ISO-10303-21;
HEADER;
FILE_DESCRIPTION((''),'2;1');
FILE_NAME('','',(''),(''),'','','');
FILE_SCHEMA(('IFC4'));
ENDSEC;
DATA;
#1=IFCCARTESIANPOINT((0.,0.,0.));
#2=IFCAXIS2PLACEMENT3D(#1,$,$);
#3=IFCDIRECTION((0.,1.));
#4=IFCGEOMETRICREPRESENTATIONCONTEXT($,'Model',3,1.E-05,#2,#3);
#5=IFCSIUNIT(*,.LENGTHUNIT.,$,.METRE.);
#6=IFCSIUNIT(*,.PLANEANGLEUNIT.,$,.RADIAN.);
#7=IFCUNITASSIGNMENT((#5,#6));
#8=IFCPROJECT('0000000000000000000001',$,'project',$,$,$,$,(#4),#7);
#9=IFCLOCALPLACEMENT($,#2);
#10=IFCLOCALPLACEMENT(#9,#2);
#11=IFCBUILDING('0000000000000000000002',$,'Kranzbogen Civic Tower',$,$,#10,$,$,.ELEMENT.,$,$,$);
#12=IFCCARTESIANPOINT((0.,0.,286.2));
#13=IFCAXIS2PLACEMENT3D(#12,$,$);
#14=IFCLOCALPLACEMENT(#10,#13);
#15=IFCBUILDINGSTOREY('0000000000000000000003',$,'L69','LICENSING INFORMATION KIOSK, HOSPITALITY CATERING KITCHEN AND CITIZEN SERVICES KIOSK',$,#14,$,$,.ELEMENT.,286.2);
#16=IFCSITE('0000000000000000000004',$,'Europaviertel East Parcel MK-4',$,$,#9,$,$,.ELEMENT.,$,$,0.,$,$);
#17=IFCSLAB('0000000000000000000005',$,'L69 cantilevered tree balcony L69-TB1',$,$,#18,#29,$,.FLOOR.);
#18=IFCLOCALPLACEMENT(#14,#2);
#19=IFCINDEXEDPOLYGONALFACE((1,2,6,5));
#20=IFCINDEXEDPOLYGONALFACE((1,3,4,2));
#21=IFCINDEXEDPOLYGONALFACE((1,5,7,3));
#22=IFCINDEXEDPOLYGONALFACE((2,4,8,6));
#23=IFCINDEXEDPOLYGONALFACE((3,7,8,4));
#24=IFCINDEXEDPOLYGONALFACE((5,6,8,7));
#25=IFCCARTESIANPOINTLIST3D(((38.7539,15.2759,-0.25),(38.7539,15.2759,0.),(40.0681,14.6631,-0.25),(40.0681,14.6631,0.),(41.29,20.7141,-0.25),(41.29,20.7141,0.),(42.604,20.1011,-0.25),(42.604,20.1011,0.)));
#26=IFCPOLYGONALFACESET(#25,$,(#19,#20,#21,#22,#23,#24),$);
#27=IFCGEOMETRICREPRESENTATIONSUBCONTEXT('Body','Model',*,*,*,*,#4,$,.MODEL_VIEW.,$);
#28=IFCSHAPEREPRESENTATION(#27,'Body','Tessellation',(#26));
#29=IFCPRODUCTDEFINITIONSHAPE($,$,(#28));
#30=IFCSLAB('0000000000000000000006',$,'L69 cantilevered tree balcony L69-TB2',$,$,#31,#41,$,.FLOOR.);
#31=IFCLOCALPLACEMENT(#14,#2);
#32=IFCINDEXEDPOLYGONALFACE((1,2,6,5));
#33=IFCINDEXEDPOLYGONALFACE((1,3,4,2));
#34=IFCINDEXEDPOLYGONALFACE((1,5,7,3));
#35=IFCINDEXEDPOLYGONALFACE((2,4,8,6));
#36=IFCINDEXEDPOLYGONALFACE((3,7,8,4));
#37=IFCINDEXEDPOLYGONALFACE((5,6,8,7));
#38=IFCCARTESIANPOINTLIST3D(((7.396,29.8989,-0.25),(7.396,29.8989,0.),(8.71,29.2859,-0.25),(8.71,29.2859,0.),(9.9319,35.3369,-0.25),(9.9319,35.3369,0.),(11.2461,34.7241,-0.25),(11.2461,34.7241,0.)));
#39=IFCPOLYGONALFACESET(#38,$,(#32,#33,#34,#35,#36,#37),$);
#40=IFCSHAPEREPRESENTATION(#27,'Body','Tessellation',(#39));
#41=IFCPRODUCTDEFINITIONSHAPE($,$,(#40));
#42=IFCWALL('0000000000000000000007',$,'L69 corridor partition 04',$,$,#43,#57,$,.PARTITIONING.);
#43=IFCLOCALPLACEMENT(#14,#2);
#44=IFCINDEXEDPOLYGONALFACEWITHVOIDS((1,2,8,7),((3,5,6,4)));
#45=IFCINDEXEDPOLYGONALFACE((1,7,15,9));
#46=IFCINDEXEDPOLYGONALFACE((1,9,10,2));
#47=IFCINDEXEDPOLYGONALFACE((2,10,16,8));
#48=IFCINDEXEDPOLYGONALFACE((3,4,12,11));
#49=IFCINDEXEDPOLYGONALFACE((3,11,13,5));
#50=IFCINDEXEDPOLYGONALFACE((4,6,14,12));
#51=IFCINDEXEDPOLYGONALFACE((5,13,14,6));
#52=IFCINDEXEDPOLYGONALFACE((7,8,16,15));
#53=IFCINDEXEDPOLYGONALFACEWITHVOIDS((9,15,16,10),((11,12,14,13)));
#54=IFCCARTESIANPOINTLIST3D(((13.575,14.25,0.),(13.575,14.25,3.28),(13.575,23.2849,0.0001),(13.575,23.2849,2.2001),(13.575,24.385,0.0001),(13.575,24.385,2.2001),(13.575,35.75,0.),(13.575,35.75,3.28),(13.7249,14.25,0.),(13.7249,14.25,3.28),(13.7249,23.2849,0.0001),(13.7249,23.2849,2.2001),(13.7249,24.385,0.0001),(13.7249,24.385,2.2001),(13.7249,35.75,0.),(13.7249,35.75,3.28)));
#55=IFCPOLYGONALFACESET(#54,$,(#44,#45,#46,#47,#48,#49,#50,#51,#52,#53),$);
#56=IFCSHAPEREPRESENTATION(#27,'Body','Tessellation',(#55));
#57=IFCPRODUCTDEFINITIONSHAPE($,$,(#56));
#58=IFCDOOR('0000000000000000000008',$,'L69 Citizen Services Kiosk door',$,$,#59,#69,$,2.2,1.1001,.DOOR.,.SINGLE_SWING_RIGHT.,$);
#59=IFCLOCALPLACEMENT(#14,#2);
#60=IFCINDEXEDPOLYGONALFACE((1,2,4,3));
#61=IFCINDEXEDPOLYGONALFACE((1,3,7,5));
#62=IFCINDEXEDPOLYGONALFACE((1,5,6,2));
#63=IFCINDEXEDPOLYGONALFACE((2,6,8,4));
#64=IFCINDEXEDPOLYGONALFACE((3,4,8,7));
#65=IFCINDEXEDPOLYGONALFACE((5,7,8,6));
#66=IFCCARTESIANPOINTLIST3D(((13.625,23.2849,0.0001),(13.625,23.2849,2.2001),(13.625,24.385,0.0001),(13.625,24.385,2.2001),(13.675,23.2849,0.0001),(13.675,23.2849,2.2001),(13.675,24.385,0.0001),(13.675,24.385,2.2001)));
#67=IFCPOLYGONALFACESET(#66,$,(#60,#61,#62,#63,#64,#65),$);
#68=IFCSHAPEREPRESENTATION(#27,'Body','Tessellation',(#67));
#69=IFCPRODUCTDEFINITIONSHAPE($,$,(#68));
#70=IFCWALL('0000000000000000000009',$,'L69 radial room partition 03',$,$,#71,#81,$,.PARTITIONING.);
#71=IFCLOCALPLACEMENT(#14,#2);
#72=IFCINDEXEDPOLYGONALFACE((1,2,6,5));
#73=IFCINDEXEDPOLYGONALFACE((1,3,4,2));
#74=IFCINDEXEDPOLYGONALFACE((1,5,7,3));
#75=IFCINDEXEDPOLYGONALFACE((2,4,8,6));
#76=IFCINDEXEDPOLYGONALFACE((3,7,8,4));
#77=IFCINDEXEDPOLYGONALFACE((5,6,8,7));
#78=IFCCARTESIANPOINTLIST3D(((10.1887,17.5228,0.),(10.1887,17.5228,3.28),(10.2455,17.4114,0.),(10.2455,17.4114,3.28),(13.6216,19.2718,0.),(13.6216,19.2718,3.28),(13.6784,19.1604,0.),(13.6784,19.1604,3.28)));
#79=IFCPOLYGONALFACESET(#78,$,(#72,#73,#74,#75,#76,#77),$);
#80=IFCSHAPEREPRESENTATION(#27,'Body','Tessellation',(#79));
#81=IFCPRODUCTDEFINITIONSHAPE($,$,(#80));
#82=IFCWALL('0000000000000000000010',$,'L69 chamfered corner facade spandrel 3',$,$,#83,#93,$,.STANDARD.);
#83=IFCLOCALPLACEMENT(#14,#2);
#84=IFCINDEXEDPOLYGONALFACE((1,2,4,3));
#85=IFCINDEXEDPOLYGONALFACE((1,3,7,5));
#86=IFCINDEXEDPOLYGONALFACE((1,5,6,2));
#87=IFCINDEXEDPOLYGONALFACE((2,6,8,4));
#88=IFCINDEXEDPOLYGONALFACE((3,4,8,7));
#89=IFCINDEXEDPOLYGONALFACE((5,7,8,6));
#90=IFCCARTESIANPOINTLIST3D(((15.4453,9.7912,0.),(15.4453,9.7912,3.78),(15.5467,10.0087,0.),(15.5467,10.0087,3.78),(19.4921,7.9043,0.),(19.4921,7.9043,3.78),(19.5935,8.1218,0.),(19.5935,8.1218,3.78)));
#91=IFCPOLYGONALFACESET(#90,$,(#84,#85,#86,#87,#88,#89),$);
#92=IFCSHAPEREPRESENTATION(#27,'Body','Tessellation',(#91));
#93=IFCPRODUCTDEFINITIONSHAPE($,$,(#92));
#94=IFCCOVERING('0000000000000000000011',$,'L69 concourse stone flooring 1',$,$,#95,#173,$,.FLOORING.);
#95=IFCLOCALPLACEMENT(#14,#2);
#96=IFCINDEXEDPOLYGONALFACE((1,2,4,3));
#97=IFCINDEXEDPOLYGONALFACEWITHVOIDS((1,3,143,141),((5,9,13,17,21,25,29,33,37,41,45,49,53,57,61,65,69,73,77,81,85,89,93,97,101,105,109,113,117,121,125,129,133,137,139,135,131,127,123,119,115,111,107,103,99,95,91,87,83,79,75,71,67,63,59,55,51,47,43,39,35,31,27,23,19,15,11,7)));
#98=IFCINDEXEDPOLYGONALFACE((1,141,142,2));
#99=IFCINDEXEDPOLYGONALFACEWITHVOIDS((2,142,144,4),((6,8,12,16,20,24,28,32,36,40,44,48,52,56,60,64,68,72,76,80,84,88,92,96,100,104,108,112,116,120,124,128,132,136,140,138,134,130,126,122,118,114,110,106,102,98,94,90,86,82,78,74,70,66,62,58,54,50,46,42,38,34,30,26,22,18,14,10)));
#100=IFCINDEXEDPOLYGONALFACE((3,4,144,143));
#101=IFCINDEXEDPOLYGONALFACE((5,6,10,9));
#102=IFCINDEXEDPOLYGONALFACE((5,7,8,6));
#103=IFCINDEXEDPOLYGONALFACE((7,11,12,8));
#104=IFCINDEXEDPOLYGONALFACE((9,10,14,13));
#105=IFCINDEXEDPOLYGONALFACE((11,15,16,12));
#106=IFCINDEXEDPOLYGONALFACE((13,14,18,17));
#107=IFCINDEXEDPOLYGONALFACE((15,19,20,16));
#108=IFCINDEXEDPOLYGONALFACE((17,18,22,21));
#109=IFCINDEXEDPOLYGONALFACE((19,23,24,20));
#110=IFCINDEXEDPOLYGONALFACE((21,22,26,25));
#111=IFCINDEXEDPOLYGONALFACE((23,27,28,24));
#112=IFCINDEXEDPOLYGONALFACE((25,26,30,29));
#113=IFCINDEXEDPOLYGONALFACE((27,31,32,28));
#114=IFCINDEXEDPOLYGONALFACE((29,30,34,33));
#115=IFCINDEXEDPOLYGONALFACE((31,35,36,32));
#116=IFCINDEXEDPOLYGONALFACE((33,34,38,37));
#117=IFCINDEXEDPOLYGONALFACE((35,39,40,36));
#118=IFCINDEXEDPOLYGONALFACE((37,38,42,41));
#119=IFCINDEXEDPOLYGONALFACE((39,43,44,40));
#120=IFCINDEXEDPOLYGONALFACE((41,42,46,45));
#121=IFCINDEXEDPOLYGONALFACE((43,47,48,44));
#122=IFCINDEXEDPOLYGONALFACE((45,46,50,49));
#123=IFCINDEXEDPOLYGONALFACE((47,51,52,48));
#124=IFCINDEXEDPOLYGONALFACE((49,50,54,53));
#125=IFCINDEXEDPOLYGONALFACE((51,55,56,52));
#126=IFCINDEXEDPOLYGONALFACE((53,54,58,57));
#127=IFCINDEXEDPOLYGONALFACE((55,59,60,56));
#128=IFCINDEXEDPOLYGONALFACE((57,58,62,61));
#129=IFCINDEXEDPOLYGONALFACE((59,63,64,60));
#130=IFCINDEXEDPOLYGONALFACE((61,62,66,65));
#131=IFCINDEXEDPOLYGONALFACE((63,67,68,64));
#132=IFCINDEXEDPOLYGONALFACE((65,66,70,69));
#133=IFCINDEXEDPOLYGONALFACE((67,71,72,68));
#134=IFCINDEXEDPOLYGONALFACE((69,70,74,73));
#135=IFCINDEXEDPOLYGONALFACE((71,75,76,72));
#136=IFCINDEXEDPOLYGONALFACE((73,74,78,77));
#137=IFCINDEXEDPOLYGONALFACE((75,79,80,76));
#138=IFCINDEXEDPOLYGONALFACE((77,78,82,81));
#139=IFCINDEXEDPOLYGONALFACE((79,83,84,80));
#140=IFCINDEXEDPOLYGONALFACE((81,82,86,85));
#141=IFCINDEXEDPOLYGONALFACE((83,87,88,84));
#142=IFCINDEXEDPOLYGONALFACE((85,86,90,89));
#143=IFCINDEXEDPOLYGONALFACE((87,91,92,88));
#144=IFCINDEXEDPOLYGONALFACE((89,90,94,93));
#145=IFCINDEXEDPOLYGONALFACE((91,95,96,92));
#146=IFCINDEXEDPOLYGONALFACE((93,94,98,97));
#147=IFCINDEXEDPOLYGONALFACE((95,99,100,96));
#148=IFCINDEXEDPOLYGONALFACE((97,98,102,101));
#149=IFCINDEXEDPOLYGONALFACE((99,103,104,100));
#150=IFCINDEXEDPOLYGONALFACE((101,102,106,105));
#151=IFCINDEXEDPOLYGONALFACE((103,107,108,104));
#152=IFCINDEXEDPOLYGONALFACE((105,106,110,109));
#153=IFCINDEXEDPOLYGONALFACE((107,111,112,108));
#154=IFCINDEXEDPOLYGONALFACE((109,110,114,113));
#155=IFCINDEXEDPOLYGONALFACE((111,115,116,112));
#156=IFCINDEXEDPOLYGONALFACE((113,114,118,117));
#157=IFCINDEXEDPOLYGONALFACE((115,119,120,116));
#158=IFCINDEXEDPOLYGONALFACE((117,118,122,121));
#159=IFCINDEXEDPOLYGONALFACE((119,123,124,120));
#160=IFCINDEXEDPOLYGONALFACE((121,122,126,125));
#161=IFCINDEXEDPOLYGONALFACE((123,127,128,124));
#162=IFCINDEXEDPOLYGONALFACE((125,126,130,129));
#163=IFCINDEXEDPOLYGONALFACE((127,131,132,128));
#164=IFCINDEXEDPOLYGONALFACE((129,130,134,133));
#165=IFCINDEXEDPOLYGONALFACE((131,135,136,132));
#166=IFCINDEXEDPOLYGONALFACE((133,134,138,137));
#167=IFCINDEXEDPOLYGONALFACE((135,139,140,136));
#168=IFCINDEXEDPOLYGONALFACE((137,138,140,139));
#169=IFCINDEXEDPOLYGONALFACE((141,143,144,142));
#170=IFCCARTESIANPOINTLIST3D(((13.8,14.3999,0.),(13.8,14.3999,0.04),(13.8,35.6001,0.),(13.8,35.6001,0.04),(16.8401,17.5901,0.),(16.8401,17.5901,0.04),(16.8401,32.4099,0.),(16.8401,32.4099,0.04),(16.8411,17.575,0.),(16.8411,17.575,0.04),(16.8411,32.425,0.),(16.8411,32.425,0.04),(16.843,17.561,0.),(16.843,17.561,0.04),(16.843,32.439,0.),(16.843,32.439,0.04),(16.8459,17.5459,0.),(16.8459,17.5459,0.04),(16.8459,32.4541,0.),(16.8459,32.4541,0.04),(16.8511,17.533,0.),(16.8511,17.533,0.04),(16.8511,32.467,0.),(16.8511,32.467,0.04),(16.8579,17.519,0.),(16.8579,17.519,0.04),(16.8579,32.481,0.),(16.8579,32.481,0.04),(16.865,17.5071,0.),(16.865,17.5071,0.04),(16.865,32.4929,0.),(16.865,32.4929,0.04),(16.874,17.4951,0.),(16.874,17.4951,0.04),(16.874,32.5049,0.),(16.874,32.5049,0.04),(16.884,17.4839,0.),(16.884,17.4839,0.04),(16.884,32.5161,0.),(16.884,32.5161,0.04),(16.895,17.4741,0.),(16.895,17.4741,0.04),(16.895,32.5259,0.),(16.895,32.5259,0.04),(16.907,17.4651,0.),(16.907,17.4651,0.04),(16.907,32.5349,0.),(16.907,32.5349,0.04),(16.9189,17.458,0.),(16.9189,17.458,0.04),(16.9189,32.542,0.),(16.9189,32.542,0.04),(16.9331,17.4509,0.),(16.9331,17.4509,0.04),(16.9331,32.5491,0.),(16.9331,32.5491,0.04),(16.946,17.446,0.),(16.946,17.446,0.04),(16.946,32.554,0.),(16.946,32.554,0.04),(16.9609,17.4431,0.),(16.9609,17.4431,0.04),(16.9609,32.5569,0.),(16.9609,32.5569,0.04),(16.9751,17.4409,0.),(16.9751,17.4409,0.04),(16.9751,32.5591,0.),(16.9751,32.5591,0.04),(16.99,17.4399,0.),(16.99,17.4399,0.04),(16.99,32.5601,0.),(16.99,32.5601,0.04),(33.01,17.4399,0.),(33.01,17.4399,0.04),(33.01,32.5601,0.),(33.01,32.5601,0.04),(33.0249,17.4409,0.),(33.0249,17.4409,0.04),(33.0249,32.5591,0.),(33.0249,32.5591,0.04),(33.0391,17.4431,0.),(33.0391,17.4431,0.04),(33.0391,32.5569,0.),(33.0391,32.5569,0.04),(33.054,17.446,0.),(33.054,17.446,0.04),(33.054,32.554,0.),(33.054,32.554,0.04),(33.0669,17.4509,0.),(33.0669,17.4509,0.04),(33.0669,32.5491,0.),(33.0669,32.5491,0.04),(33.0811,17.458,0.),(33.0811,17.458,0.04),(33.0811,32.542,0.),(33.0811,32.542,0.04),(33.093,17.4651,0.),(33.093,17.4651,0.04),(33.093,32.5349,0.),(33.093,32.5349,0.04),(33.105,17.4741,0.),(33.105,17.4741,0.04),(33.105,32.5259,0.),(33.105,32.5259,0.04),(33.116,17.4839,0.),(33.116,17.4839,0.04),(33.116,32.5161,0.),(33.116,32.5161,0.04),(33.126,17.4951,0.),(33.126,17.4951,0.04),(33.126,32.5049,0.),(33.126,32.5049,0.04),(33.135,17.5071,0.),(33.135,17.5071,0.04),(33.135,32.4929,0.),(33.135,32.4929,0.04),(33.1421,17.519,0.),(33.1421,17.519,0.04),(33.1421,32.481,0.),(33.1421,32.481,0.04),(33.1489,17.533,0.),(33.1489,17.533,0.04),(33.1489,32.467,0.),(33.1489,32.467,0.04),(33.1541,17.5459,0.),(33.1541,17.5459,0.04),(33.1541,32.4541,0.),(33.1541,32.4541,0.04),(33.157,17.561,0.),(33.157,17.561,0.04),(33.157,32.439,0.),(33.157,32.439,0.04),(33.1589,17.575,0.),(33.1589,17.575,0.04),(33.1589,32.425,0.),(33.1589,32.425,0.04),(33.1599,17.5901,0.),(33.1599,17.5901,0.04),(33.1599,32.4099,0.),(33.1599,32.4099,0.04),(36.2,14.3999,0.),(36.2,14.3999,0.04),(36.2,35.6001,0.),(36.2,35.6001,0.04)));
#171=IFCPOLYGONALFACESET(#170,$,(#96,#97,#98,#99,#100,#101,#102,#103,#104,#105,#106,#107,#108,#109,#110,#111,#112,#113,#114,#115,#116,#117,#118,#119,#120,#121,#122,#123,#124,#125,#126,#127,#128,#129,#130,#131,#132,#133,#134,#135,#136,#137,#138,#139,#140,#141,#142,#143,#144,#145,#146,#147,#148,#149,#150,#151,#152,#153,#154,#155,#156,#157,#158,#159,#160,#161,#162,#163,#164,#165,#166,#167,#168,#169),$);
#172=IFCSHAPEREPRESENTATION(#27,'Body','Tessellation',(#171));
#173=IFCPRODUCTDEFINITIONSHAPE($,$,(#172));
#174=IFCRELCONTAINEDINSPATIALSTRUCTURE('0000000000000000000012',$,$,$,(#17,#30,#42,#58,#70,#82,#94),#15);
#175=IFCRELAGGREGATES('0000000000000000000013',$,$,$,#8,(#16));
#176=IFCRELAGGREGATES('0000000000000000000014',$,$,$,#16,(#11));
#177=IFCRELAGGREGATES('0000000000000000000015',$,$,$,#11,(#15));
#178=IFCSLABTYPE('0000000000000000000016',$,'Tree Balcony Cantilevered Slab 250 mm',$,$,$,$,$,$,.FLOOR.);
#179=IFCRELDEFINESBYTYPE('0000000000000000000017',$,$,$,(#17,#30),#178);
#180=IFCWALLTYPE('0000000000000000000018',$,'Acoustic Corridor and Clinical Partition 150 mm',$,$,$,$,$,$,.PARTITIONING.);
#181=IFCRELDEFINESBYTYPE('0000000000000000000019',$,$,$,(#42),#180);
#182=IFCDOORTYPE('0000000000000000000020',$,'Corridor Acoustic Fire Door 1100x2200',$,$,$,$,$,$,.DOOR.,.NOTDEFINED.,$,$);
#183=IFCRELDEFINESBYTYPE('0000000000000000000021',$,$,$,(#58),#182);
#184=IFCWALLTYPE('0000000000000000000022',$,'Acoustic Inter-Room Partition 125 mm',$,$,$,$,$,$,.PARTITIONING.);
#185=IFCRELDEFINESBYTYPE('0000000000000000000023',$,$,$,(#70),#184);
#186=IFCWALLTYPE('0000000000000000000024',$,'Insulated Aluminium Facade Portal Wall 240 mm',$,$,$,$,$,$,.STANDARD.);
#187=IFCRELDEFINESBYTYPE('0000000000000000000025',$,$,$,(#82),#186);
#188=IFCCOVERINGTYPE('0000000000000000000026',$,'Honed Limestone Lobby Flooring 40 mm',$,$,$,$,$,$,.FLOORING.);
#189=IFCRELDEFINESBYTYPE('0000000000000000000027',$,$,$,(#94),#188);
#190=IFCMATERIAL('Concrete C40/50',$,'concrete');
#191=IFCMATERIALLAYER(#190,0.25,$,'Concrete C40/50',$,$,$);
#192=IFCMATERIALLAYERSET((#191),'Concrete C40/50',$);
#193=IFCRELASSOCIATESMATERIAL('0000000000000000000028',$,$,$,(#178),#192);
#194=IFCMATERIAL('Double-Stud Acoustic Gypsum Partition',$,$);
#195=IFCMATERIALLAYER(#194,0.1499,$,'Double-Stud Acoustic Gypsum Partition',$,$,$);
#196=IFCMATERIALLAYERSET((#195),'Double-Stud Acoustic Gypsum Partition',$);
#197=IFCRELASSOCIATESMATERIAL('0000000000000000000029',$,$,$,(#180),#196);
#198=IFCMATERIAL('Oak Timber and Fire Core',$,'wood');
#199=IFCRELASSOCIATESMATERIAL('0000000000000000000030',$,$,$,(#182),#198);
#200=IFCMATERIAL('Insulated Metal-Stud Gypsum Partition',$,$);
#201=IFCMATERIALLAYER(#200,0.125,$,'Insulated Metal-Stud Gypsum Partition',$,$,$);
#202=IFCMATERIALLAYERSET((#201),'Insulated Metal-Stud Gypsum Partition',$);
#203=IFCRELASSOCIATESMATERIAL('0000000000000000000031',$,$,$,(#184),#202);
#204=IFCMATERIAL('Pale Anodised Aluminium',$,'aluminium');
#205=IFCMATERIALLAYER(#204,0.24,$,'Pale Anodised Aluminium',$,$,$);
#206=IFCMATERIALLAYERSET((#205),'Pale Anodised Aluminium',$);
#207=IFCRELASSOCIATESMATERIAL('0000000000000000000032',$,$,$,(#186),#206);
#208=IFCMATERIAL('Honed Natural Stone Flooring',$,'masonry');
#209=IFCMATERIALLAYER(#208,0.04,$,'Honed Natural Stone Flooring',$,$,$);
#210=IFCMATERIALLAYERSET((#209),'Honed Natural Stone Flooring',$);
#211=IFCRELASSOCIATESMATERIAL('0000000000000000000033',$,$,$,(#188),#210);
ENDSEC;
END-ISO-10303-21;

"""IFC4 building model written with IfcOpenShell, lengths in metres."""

from ifc_helpers import new_model, si_unit, direction, frame, frame_2d, origin, place, context, subcontext, project, spatial, polyline, rectangle, outline, extrude, material, layer, layer_set, type_object, element, fill, save


model = new_model("IFC4")

# Units and contexts
model_context = context("Model", 3, precision=1e-05, world=origin(), true_north=direction((0.0, 1.0)))
body_context = subcontext(model_context, "Body", "Model", "MODEL_VIEW")
ifc_project = project(units=[si_unit("LENGTHUNIT", "METRE"), si_unit("PLANEANGLEUNIT", "RADIAN")], contexts=[model_context])

# Site, building, storey
site_placement = place(None, origin())
site = spatial("IfcSite", under=ifc_project, at=site_placement, Name="Europaviertel East Parcel MK-4", CompositionType="ELEMENT", RefElevation=0.0)
building_placement = place(site_placement, origin())
building = spatial("IfcBuilding", under=site, at=building_placement, Name="Kranzbogen Civic Tower", CompositionType="ELEMENT")
storey_placement = place(building_placement, frame((0.0, 0.0, 286.2)))
storey = spatial("IfcBuildingStorey", under=building, at=storey_placement, Name="L69", Description="LICENSING INFORMATION KIOSK, HOSPITALITY CATERING KITCHEN AND CITIZEN SERVICES KIOSK", CompositionType="ELEMENT", Elevation=286.2)

# Shared definitions
ifc_material_1 = material(Name="Pale Anodised Aluminium", Category="aluminium")

# Shared definitions
ifc_material_2 = material(Name="Concrete C40/50", Category="concrete")

# Slabs
ifc_layer_1 = layer(ifc_material_2, 0.25, Name="Concrete C40/50")
ifc_layer_set_1 = layer_set([ifc_layer_1], Name="Concrete C40/50")
slab_type_1 = type_object("IfcSlabType", Name="Tree Balcony Cantilevered Slab 250 mm", PredefinedType="FLOOR", material=ifc_layer_set_1)
slab_1_placement = place(storey_placement, frame((0.0, 0.0, -0.25)))
element("IfcSlab", 1, at=slab_1_placement, inside=storey, type_object=slab_type_1, Name="L69 cantilevered tree balcony L69-TB1", PredefinedType="FLOOR", context=body_context, shape_type="SweptSolid", body=[
    extrude(outline(polyline([(38.7539, 15.2759), (41.29, 20.7141), (42.604, 20.1011), (40.0681, 14.6631), (38.7539, 15.2759)])), origin(), (0.0, 0.0, 1.0), 0.25),
])
slab_2_placement = place(storey_placement, frame((0.0, 0.0, -0.25)))
element("IfcSlab", 2, at=slab_2_placement, inside=storey, type_object=slab_type_1, Name="L69 cantilevered tree balcony L69-TB2", PredefinedType="FLOOR", context=body_context, shape_type="SweptSolid", body=[
    extrude(outline(polyline([(11.2461, 34.7241), (8.71, 29.2859), (7.396, 29.8989), (9.9319, 35.3369), (11.2461, 34.7241)])), origin(), (0.0, 0.0, 1.0), 0.25),
])

# Wall, opening, door
ifc_material_3 = material(Name="Double-Stud Acoustic Gypsum Partition")
ifc_layer_2 = layer(ifc_material_3, 0.1499, Name="Double-Stud Acoustic Gypsum Partition")
ifc_layer_set_2 = layer_set([ifc_layer_2], Name="Double-Stud Acoustic Gypsum Partition")
wall_type_1 = type_object("IfcWallType", Name="Acoustic Corridor and Clinical Partition 150 mm", PredefinedType="PARTITIONING", material=ifc_layer_set_2)
wall_1_placement = place(storey_placement, frame((13.6499, 14.25, 0.0), z_axis=(0.0, 0.0, 1.0), x_axis=(0.0, 1.0, 0.0)))
wall_1 = element("IfcWall", 3, at=wall_1_placement, inside=storey, type_object=wall_type_1, Name="L69 corridor partition 04", PredefinedType="PARTITIONING", context=body_context, shape_type="SweptSolid", body=[
    extrude(rectangle(XDim=21.5, YDim=0.1499, at=frame_2d((10.75, 0.0))), origin(), (0.0, 0.0, 1.0), 3.28),
])
opening_placement = place(wall_1_placement, frame((9.0349, 0.0, 0.0)))
opening = element("IfcOpeningElement", 4, at=opening_placement, cuts=wall_1, PredefinedType="OPENING", context=body_context, shape_type="SweptSolid", body=[
    extrude(rectangle(XDim=1.1001, YDim=2.2, at=frame_2d((0.55, 1.1001))), frame((0.0, 0.085, 0.0), z_axis=(0.0, -1.0, 0.0), x_axis=(1.0, 0.0, 0.0)), (0.0, 0.0, 1.0), 0.1699),
])
ifc_material_4 = material(Name="Oak Timber and Fire Core", Category="wood")
door_type = type_object("IfcDoorType", Name="Corridor Acoustic Fire Door 1100x2200", OperationType="NOTDEFINED", PredefinedType="DOOR", material=ifc_material_4)
door_placement = place(opening_placement, origin())
door = element("IfcDoor", 5, at=door_placement, inside=storey, type_object=door_type, Name="L69 Citizen Services Kiosk door", OperationType="SINGLE_SWING_RIGHT", OverallHeight=2.2, OverallWidth=1.1001, PredefinedType="DOOR", context=body_context, shape_type="SweptSolid", body=[
    extrude(rectangle(XDim=1.1001, YDim=2.2, at=frame_2d((0.55, 1.1001))), frame((0.0, 0.0249, 0.0), z_axis=(0.0, -1.0, 0.0), x_axis=(1.0, 0.0, 0.0)), (0.0, 0.0, 1.0), 0.05),
])
fill(opening, door)

# Walls
ifc_material_5 = material(Name="Insulated Metal-Stud Gypsum Partition")
ifc_layer_3 = layer(ifc_material_5, 0.125, Name="Insulated Metal-Stud Gypsum Partition")
ifc_layer_set_3 = layer_set([ifc_layer_3], Name="Insulated Metal-Stud Gypsum Partition")
wall_type_2 = type_object("IfcWallType", Name="Acoustic Inter-Room Partition 125 mm", PredefinedType="PARTITIONING", material=ifc_layer_set_3)
wall_2_placement = place(storey_placement, frame((13.6499, 19.2161, 0.0), z_axis=(0.0, 0.0, 1.0), x_axis=(-0.891018, -0.453968, 0.0)))
element("IfcWall", 6, at=wall_2_placement, inside=storey, type_object=wall_type_2, Name="L69 radial room partition 03", PredefinedType="PARTITIONING", context=body_context, shape_type="SweptSolid", body=[
    extrude(rectangle(XDim=3.8528, YDim=0.125, at=frame_2d((1.9263, 0.0))), origin(), (0.0, 0.0, 1.0), 3.28),
])
ifc_layer_4 = layer(ifc_material_1, 0.24, Name="Pale Anodised Aluminium")
ifc_layer_set_4 = layer_set([ifc_layer_4], Name="Pale Anodised Aluminium")
wall_type_3 = type_object("IfcWallType", Name="Insulated Aluminium Facade Portal Wall 240 mm", PredefinedType="STANDARD", material=ifc_layer_set_4)
wall_3_placement = place(storey_placement, frame((15.4961, 9.8999, 0.0), z_axis=(0.0, 0.0, 1.0), x_axis=(0.906319, -0.422595, 0.0)))
element("IfcWall", 7, at=wall_3_placement, inside=storey, type_object=wall_type_3, Name="L69 chamfered corner facade spandrel 3", PredefinedType="STANDARD", context=body_context, shape_type="SweptSolid", body=[
    extrude(rectangle(XDim=4.4651, YDim=0.24, at=frame_2d((2.2324, 0.0))), origin(), (0.0, 0.0, 1.0), 3.78),
])

# Covering
ifc_material_6 = material(Name="Honed Natural Stone Flooring", Category="masonry")
ifc_layer_5 = layer(ifc_material_6, 0.04, Name="Honed Natural Stone Flooring")
ifc_layer_set_5 = layer_set([ifc_layer_5], Name="Honed Natural Stone Flooring")
covering_type_1 = type_object("IfcCoveringType", Name="Honed Limestone Lobby Flooring 40 mm", PredefinedType="FLOORING", material=ifc_layer_set_5)
covering_1_placement = place(storey_placement, origin())
element("IfcCovering", 8, at=covering_1_placement, inside=storey, type_object=covering_type_1, Name="L69 concourse stone flooring 1", PredefinedType="FLOORING", context=body_context, shape_type="SweptSolid", body=[
    extrude(outline(polyline([(13.8, 35.6001), (36.2, 35.6001), (36.2, 14.3999), (13.8, 14.3999), (13.8, 35.6001)]), holes=[polyline([(33.01, 32.5601), (33.0249, 32.5591), (33.0391, 32.5569), (33.054, 32.554), (33.0669, 32.5491), (33.0811, 32.542), (33.093, 32.5349), (33.105, 32.5259), (33.116, 32.5161), (33.126, 32.5049), (33.135, 32.4929), (33.1421, 32.481), (33.1489, 32.467), (33.1541, 32.4541), (33.157, 32.439), (33.1589, 32.425), (33.1599, 32.4099), (33.1599, 17.5901), (33.1589, 17.575), (33.157, 17.561), (33.1541, 17.5459), (33.1489, 17.533), (33.1421, 17.519), (33.135, 17.5071), (33.126, 17.4951), (33.116, 17.4839), (33.105, 17.4741), (33.093, 17.4651), (33.0811, 17.458), (33.0669, 17.4509), (33.054, 17.446), (33.0391, 17.4431), (33.0249, 17.4409), (33.01, 17.4399), (16.99, 17.4399), (16.9751, 17.4409), (16.9609, 17.4431), (16.946, 17.446), (16.9331, 17.4509), (16.9189, 17.458), (16.907, 17.4651), (16.895, 17.4741), (16.884, 17.4839), (16.874, 17.4951), (16.865, 17.5071), (16.8579, 17.519), (16.8511, 17.533), (16.8459, 17.5459), (16.843, 17.561), (16.8411, 17.575), (16.8401, 17.5901), (16.8401, 32.4099), (16.8411, 32.425), (16.843, 32.439), (16.8459, 32.4541), (16.8511, 32.467), (16.8579, 32.481), (16.865, 32.4929), (16.874, 32.5049), (16.884, 32.5161), (16.895, 32.5259), (16.907, 32.5349), (16.9189, 32.542), (16.9331, 32.5491), (16.946, 32.554), (16.9609, 32.5569), (16.9751, 32.5591), (16.99, 32.5601), (33.01, 32.5601)])]), origin(), (0.0, 0.0, 1.0), 0.04),
])

save(model, "model.ifc")
